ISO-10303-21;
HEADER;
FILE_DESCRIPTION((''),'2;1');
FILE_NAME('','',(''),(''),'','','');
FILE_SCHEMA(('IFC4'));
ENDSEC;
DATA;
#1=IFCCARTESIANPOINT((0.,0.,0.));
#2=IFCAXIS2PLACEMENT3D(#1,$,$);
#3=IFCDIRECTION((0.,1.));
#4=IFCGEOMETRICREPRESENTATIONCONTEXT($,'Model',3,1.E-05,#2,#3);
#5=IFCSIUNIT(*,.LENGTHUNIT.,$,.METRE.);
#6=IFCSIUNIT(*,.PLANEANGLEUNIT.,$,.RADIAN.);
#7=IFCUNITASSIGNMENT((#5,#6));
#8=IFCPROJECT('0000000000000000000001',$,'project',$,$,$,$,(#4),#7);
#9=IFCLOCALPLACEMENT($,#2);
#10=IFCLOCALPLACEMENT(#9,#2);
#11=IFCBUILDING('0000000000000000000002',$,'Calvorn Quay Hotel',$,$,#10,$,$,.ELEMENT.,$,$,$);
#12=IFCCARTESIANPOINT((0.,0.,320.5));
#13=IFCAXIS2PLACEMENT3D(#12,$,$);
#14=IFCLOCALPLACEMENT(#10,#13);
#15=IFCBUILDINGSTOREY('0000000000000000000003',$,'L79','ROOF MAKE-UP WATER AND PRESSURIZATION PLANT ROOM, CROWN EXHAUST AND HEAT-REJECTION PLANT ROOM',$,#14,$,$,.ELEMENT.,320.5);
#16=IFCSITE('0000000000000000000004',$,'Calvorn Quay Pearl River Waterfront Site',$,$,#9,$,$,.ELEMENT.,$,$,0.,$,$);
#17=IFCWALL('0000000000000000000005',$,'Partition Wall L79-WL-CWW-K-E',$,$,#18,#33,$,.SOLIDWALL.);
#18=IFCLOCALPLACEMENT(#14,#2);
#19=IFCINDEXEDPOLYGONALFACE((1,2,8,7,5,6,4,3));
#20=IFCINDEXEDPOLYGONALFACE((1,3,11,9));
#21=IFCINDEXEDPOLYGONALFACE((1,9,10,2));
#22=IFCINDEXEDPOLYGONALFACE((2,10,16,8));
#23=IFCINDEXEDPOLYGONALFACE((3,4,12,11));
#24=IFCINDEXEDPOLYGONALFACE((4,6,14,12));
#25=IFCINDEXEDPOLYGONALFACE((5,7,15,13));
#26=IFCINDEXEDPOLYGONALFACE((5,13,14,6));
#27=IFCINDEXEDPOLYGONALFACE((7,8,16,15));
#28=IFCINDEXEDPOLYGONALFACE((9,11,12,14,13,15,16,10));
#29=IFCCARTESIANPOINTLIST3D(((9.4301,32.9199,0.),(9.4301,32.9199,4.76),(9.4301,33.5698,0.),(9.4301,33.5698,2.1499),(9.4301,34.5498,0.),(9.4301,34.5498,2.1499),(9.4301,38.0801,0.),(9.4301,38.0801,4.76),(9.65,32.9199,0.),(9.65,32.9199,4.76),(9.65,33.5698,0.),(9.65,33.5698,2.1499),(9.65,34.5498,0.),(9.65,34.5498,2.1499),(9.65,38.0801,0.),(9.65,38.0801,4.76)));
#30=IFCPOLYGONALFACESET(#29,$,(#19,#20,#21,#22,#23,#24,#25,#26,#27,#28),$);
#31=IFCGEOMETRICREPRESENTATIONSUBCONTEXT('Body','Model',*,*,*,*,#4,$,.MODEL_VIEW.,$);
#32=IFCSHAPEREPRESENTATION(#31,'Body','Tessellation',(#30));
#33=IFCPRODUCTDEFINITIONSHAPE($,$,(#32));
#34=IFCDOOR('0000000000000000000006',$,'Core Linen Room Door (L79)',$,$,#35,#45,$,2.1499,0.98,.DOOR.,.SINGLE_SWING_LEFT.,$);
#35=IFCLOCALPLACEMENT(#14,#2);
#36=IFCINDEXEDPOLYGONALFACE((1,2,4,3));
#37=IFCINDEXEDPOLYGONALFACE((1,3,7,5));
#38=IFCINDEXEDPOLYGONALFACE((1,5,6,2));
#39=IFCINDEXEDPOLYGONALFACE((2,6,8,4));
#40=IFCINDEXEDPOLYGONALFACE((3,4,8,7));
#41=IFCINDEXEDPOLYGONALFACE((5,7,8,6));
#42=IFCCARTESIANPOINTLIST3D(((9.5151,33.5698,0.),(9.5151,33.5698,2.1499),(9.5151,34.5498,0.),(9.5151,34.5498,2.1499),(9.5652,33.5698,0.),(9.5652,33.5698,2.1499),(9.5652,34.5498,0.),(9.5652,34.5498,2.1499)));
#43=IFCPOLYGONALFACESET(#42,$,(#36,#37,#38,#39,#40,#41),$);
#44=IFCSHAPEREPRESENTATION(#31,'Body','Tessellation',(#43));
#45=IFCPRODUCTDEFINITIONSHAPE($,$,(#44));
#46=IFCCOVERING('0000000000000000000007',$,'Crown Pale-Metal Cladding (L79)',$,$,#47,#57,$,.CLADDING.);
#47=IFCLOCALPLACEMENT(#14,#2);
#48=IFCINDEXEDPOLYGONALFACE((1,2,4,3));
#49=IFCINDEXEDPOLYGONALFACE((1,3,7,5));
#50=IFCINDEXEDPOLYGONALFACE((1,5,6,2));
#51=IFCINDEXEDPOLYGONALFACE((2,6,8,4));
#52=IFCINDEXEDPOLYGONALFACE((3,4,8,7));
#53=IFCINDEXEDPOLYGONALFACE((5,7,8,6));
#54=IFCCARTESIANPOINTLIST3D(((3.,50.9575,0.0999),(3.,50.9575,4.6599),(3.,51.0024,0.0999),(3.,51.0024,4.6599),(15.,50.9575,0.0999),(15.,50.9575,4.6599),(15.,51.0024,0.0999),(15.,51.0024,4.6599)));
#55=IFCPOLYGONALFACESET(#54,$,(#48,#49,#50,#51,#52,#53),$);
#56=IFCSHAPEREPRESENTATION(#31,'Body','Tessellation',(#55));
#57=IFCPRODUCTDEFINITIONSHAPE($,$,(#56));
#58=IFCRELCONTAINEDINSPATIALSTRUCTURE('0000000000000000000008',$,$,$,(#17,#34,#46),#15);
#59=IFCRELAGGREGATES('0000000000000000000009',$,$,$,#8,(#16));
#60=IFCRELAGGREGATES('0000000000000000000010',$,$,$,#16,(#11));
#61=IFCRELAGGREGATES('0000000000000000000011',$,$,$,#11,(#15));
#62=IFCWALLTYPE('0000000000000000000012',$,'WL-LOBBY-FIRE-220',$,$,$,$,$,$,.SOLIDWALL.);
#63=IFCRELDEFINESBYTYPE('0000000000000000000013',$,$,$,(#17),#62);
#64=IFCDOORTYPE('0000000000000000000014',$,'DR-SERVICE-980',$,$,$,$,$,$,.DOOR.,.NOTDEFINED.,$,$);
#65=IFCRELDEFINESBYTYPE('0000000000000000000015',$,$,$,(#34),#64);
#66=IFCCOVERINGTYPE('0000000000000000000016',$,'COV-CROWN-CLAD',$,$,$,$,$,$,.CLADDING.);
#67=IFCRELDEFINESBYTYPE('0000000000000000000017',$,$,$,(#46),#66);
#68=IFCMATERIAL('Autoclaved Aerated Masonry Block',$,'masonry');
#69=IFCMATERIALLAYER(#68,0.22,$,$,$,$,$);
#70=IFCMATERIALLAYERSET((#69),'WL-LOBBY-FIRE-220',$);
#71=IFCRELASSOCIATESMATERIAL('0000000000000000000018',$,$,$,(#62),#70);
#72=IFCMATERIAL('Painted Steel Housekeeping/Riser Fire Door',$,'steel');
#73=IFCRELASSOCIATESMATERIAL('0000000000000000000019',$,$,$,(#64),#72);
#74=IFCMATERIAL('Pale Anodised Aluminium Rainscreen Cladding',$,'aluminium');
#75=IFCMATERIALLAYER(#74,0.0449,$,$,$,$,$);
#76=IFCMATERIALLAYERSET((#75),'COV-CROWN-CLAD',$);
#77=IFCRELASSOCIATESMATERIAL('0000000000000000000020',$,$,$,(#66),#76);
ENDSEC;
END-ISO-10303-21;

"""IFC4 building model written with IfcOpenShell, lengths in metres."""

from ifc_helpers import new_model, si_unit, direction, frame, frame_2d, origin, origin_2d, place, context, subcontext, project, spatial, rectangle, extrude, material, layer, layer_set, type_object, element, fill, save


model = new_model("IFC4")

# Units and contexts
model_context = context("Model", 3, precision=1e-05, world=origin(), true_north=direction((0.0, 1.0)))
body_context = subcontext(model_context, "Body", "Model", "MODEL_VIEW")
ifc_project = project(units=[si_unit("LENGTHUNIT", "METRE"), si_unit("PLANEANGLEUNIT", "RADIAN")], contexts=[model_context])

# Site, building, storey
site_placement = place(None, origin())
site = spatial("IfcSite", under=ifc_project, at=site_placement, Name="Calvorn Quay Pearl River Waterfront Site", CompositionType="ELEMENT", RefElevation=0.0)
building_placement = place(site_placement, origin())
building = spatial("IfcBuilding", under=site, at=building_placement, Name="Calvorn Quay Hotel", CompositionType="ELEMENT")
storey_placement = place(building_placement, frame((0.0, 0.0, 320.5)))
storey = spatial("IfcBuildingStorey", under=building, at=storey_placement, Name="L79", Description="ROOF MAKE-UP WATER AND PRESSURIZATION PLANT ROOM, CROWN EXHAUST AND HEAT-REJECTION PLANT ROOM", CompositionType="ELEMENT", Elevation=320.5)

# Wall, opening, door
ifc_material_1 = material(Name="Autoclaved Aerated Masonry Block", Category="masonry")
ifc_layer_1 = layer(ifc_material_1, 0.22)
ifc_layer_set_1 = layer_set([ifc_layer_1], Name="WL-LOBBY-FIRE-220")
wall_type_1 = type_object("IfcWallType", Name="WL-LOBBY-FIRE-220", PredefinedType="SOLIDWALL", material=ifc_layer_set_1)
wall_1_placement = place(storey_placement, frame((9.54, 32.9199, 0.0), z_axis=(0.0, 0.0, 1.0), x_axis=(0.0, 1.0, 0.0)))
wall_1 = element("IfcWall", 1, at=wall_1_placement, inside=storey, type_object=wall_type_1, Name="Partition Wall L79-WL-CWW-K-E", PredefinedType="SOLIDWALL", context=body_context, shape_type="SweptSolid", body=[
    extrude(rectangle(XDim=5.1602, YDim=0.22, at=frame_2d((2.5801, 0.0))), origin(), (0.0, 0.0, 1.0), 4.76),
])
opening_1_placement = place(wall_1_placement, frame((0.6499, 0.0, 0.0)))
opening_1 = element("IfcOpeningElement", 2, at=opening_1_placement, cuts=wall_1, PredefinedType="OPENING", context=body_context, shape_type="SweptSolid", body=[
    extrude(rectangle(XDim=0.98, YDim=2.1499, at=frame_2d((0.49, 1.075))), frame((0.0, 0.1199, 0.0), z_axis=(0.0, -1.0, 0.0), x_axis=(1.0, 0.0, 0.0)), (0.0, 0.0, 1.0), 0.24),
])
ifc_material_2 = material(Name="Painted Steel Housekeeping/Riser Fire Door", Category="steel")
door_type = type_object("IfcDoorType", Name="DR-SERVICE-980", OperationType="NOTDEFINED", PredefinedType="DOOR", material=ifc_material_2)
door_1_placement = place(opening_1_placement, origin())
door_1 = element("IfcDoor", 3, at=door_1_placement, inside=storey, type_object=door_type, Name="Core Linen Room Door (L79)", OperationType="SINGLE_SWING_LEFT", OverallHeight=2.1499, OverallWidth=0.98, PredefinedType="DOOR", context=body_context, shape_type="SweptSolid", body=[
    extrude(rectangle(XDim=0.98, YDim=2.1499, at=frame_2d((0.49, 1.075))), frame((0.0, 0.0249, 0.0), z_axis=(0.0, -1.0, 0.0), x_axis=(1.0, 0.0, 0.0)), (0.0, 0.0, 1.0), 0.05),
])
fill(opening_1, door_1)

# Covering
ifc_material_3 = material(Name="Pale Anodised Aluminium Rainscreen Cladding", Category="aluminium")
ifc_layer_2 = layer(ifc_material_3, 0.0449)
ifc_layer_set_2 = layer_set([ifc_layer_2], Name="COV-CROWN-CLAD")
covering_type = type_object("IfcCoveringType", Name="COV-CROWN-CLAD", PredefinedType="CLADDING", material=ifc_layer_set_2)
covering_placement = place(storey_placement, frame((9.0, 50.98, 0.0999), z_axis=(0.0, 0.0, 1.0), x_axis=(1.0, 0.0, 0.0)))
element("IfcCovering", 4, at=covering_placement, inside=storey, type_object=covering_type, Name="Crown Pale-Metal Cladding (L79)", PredefinedType="CLADDING", context=body_context, shape_type="SweptSolid", body=[
    extrude(rectangle(XDim=12.0, YDim=0.0449, at=origin_2d()), origin(), (0.0, 0.0, 1.0), 4.5601),
])

save(model, "model.ifc")
